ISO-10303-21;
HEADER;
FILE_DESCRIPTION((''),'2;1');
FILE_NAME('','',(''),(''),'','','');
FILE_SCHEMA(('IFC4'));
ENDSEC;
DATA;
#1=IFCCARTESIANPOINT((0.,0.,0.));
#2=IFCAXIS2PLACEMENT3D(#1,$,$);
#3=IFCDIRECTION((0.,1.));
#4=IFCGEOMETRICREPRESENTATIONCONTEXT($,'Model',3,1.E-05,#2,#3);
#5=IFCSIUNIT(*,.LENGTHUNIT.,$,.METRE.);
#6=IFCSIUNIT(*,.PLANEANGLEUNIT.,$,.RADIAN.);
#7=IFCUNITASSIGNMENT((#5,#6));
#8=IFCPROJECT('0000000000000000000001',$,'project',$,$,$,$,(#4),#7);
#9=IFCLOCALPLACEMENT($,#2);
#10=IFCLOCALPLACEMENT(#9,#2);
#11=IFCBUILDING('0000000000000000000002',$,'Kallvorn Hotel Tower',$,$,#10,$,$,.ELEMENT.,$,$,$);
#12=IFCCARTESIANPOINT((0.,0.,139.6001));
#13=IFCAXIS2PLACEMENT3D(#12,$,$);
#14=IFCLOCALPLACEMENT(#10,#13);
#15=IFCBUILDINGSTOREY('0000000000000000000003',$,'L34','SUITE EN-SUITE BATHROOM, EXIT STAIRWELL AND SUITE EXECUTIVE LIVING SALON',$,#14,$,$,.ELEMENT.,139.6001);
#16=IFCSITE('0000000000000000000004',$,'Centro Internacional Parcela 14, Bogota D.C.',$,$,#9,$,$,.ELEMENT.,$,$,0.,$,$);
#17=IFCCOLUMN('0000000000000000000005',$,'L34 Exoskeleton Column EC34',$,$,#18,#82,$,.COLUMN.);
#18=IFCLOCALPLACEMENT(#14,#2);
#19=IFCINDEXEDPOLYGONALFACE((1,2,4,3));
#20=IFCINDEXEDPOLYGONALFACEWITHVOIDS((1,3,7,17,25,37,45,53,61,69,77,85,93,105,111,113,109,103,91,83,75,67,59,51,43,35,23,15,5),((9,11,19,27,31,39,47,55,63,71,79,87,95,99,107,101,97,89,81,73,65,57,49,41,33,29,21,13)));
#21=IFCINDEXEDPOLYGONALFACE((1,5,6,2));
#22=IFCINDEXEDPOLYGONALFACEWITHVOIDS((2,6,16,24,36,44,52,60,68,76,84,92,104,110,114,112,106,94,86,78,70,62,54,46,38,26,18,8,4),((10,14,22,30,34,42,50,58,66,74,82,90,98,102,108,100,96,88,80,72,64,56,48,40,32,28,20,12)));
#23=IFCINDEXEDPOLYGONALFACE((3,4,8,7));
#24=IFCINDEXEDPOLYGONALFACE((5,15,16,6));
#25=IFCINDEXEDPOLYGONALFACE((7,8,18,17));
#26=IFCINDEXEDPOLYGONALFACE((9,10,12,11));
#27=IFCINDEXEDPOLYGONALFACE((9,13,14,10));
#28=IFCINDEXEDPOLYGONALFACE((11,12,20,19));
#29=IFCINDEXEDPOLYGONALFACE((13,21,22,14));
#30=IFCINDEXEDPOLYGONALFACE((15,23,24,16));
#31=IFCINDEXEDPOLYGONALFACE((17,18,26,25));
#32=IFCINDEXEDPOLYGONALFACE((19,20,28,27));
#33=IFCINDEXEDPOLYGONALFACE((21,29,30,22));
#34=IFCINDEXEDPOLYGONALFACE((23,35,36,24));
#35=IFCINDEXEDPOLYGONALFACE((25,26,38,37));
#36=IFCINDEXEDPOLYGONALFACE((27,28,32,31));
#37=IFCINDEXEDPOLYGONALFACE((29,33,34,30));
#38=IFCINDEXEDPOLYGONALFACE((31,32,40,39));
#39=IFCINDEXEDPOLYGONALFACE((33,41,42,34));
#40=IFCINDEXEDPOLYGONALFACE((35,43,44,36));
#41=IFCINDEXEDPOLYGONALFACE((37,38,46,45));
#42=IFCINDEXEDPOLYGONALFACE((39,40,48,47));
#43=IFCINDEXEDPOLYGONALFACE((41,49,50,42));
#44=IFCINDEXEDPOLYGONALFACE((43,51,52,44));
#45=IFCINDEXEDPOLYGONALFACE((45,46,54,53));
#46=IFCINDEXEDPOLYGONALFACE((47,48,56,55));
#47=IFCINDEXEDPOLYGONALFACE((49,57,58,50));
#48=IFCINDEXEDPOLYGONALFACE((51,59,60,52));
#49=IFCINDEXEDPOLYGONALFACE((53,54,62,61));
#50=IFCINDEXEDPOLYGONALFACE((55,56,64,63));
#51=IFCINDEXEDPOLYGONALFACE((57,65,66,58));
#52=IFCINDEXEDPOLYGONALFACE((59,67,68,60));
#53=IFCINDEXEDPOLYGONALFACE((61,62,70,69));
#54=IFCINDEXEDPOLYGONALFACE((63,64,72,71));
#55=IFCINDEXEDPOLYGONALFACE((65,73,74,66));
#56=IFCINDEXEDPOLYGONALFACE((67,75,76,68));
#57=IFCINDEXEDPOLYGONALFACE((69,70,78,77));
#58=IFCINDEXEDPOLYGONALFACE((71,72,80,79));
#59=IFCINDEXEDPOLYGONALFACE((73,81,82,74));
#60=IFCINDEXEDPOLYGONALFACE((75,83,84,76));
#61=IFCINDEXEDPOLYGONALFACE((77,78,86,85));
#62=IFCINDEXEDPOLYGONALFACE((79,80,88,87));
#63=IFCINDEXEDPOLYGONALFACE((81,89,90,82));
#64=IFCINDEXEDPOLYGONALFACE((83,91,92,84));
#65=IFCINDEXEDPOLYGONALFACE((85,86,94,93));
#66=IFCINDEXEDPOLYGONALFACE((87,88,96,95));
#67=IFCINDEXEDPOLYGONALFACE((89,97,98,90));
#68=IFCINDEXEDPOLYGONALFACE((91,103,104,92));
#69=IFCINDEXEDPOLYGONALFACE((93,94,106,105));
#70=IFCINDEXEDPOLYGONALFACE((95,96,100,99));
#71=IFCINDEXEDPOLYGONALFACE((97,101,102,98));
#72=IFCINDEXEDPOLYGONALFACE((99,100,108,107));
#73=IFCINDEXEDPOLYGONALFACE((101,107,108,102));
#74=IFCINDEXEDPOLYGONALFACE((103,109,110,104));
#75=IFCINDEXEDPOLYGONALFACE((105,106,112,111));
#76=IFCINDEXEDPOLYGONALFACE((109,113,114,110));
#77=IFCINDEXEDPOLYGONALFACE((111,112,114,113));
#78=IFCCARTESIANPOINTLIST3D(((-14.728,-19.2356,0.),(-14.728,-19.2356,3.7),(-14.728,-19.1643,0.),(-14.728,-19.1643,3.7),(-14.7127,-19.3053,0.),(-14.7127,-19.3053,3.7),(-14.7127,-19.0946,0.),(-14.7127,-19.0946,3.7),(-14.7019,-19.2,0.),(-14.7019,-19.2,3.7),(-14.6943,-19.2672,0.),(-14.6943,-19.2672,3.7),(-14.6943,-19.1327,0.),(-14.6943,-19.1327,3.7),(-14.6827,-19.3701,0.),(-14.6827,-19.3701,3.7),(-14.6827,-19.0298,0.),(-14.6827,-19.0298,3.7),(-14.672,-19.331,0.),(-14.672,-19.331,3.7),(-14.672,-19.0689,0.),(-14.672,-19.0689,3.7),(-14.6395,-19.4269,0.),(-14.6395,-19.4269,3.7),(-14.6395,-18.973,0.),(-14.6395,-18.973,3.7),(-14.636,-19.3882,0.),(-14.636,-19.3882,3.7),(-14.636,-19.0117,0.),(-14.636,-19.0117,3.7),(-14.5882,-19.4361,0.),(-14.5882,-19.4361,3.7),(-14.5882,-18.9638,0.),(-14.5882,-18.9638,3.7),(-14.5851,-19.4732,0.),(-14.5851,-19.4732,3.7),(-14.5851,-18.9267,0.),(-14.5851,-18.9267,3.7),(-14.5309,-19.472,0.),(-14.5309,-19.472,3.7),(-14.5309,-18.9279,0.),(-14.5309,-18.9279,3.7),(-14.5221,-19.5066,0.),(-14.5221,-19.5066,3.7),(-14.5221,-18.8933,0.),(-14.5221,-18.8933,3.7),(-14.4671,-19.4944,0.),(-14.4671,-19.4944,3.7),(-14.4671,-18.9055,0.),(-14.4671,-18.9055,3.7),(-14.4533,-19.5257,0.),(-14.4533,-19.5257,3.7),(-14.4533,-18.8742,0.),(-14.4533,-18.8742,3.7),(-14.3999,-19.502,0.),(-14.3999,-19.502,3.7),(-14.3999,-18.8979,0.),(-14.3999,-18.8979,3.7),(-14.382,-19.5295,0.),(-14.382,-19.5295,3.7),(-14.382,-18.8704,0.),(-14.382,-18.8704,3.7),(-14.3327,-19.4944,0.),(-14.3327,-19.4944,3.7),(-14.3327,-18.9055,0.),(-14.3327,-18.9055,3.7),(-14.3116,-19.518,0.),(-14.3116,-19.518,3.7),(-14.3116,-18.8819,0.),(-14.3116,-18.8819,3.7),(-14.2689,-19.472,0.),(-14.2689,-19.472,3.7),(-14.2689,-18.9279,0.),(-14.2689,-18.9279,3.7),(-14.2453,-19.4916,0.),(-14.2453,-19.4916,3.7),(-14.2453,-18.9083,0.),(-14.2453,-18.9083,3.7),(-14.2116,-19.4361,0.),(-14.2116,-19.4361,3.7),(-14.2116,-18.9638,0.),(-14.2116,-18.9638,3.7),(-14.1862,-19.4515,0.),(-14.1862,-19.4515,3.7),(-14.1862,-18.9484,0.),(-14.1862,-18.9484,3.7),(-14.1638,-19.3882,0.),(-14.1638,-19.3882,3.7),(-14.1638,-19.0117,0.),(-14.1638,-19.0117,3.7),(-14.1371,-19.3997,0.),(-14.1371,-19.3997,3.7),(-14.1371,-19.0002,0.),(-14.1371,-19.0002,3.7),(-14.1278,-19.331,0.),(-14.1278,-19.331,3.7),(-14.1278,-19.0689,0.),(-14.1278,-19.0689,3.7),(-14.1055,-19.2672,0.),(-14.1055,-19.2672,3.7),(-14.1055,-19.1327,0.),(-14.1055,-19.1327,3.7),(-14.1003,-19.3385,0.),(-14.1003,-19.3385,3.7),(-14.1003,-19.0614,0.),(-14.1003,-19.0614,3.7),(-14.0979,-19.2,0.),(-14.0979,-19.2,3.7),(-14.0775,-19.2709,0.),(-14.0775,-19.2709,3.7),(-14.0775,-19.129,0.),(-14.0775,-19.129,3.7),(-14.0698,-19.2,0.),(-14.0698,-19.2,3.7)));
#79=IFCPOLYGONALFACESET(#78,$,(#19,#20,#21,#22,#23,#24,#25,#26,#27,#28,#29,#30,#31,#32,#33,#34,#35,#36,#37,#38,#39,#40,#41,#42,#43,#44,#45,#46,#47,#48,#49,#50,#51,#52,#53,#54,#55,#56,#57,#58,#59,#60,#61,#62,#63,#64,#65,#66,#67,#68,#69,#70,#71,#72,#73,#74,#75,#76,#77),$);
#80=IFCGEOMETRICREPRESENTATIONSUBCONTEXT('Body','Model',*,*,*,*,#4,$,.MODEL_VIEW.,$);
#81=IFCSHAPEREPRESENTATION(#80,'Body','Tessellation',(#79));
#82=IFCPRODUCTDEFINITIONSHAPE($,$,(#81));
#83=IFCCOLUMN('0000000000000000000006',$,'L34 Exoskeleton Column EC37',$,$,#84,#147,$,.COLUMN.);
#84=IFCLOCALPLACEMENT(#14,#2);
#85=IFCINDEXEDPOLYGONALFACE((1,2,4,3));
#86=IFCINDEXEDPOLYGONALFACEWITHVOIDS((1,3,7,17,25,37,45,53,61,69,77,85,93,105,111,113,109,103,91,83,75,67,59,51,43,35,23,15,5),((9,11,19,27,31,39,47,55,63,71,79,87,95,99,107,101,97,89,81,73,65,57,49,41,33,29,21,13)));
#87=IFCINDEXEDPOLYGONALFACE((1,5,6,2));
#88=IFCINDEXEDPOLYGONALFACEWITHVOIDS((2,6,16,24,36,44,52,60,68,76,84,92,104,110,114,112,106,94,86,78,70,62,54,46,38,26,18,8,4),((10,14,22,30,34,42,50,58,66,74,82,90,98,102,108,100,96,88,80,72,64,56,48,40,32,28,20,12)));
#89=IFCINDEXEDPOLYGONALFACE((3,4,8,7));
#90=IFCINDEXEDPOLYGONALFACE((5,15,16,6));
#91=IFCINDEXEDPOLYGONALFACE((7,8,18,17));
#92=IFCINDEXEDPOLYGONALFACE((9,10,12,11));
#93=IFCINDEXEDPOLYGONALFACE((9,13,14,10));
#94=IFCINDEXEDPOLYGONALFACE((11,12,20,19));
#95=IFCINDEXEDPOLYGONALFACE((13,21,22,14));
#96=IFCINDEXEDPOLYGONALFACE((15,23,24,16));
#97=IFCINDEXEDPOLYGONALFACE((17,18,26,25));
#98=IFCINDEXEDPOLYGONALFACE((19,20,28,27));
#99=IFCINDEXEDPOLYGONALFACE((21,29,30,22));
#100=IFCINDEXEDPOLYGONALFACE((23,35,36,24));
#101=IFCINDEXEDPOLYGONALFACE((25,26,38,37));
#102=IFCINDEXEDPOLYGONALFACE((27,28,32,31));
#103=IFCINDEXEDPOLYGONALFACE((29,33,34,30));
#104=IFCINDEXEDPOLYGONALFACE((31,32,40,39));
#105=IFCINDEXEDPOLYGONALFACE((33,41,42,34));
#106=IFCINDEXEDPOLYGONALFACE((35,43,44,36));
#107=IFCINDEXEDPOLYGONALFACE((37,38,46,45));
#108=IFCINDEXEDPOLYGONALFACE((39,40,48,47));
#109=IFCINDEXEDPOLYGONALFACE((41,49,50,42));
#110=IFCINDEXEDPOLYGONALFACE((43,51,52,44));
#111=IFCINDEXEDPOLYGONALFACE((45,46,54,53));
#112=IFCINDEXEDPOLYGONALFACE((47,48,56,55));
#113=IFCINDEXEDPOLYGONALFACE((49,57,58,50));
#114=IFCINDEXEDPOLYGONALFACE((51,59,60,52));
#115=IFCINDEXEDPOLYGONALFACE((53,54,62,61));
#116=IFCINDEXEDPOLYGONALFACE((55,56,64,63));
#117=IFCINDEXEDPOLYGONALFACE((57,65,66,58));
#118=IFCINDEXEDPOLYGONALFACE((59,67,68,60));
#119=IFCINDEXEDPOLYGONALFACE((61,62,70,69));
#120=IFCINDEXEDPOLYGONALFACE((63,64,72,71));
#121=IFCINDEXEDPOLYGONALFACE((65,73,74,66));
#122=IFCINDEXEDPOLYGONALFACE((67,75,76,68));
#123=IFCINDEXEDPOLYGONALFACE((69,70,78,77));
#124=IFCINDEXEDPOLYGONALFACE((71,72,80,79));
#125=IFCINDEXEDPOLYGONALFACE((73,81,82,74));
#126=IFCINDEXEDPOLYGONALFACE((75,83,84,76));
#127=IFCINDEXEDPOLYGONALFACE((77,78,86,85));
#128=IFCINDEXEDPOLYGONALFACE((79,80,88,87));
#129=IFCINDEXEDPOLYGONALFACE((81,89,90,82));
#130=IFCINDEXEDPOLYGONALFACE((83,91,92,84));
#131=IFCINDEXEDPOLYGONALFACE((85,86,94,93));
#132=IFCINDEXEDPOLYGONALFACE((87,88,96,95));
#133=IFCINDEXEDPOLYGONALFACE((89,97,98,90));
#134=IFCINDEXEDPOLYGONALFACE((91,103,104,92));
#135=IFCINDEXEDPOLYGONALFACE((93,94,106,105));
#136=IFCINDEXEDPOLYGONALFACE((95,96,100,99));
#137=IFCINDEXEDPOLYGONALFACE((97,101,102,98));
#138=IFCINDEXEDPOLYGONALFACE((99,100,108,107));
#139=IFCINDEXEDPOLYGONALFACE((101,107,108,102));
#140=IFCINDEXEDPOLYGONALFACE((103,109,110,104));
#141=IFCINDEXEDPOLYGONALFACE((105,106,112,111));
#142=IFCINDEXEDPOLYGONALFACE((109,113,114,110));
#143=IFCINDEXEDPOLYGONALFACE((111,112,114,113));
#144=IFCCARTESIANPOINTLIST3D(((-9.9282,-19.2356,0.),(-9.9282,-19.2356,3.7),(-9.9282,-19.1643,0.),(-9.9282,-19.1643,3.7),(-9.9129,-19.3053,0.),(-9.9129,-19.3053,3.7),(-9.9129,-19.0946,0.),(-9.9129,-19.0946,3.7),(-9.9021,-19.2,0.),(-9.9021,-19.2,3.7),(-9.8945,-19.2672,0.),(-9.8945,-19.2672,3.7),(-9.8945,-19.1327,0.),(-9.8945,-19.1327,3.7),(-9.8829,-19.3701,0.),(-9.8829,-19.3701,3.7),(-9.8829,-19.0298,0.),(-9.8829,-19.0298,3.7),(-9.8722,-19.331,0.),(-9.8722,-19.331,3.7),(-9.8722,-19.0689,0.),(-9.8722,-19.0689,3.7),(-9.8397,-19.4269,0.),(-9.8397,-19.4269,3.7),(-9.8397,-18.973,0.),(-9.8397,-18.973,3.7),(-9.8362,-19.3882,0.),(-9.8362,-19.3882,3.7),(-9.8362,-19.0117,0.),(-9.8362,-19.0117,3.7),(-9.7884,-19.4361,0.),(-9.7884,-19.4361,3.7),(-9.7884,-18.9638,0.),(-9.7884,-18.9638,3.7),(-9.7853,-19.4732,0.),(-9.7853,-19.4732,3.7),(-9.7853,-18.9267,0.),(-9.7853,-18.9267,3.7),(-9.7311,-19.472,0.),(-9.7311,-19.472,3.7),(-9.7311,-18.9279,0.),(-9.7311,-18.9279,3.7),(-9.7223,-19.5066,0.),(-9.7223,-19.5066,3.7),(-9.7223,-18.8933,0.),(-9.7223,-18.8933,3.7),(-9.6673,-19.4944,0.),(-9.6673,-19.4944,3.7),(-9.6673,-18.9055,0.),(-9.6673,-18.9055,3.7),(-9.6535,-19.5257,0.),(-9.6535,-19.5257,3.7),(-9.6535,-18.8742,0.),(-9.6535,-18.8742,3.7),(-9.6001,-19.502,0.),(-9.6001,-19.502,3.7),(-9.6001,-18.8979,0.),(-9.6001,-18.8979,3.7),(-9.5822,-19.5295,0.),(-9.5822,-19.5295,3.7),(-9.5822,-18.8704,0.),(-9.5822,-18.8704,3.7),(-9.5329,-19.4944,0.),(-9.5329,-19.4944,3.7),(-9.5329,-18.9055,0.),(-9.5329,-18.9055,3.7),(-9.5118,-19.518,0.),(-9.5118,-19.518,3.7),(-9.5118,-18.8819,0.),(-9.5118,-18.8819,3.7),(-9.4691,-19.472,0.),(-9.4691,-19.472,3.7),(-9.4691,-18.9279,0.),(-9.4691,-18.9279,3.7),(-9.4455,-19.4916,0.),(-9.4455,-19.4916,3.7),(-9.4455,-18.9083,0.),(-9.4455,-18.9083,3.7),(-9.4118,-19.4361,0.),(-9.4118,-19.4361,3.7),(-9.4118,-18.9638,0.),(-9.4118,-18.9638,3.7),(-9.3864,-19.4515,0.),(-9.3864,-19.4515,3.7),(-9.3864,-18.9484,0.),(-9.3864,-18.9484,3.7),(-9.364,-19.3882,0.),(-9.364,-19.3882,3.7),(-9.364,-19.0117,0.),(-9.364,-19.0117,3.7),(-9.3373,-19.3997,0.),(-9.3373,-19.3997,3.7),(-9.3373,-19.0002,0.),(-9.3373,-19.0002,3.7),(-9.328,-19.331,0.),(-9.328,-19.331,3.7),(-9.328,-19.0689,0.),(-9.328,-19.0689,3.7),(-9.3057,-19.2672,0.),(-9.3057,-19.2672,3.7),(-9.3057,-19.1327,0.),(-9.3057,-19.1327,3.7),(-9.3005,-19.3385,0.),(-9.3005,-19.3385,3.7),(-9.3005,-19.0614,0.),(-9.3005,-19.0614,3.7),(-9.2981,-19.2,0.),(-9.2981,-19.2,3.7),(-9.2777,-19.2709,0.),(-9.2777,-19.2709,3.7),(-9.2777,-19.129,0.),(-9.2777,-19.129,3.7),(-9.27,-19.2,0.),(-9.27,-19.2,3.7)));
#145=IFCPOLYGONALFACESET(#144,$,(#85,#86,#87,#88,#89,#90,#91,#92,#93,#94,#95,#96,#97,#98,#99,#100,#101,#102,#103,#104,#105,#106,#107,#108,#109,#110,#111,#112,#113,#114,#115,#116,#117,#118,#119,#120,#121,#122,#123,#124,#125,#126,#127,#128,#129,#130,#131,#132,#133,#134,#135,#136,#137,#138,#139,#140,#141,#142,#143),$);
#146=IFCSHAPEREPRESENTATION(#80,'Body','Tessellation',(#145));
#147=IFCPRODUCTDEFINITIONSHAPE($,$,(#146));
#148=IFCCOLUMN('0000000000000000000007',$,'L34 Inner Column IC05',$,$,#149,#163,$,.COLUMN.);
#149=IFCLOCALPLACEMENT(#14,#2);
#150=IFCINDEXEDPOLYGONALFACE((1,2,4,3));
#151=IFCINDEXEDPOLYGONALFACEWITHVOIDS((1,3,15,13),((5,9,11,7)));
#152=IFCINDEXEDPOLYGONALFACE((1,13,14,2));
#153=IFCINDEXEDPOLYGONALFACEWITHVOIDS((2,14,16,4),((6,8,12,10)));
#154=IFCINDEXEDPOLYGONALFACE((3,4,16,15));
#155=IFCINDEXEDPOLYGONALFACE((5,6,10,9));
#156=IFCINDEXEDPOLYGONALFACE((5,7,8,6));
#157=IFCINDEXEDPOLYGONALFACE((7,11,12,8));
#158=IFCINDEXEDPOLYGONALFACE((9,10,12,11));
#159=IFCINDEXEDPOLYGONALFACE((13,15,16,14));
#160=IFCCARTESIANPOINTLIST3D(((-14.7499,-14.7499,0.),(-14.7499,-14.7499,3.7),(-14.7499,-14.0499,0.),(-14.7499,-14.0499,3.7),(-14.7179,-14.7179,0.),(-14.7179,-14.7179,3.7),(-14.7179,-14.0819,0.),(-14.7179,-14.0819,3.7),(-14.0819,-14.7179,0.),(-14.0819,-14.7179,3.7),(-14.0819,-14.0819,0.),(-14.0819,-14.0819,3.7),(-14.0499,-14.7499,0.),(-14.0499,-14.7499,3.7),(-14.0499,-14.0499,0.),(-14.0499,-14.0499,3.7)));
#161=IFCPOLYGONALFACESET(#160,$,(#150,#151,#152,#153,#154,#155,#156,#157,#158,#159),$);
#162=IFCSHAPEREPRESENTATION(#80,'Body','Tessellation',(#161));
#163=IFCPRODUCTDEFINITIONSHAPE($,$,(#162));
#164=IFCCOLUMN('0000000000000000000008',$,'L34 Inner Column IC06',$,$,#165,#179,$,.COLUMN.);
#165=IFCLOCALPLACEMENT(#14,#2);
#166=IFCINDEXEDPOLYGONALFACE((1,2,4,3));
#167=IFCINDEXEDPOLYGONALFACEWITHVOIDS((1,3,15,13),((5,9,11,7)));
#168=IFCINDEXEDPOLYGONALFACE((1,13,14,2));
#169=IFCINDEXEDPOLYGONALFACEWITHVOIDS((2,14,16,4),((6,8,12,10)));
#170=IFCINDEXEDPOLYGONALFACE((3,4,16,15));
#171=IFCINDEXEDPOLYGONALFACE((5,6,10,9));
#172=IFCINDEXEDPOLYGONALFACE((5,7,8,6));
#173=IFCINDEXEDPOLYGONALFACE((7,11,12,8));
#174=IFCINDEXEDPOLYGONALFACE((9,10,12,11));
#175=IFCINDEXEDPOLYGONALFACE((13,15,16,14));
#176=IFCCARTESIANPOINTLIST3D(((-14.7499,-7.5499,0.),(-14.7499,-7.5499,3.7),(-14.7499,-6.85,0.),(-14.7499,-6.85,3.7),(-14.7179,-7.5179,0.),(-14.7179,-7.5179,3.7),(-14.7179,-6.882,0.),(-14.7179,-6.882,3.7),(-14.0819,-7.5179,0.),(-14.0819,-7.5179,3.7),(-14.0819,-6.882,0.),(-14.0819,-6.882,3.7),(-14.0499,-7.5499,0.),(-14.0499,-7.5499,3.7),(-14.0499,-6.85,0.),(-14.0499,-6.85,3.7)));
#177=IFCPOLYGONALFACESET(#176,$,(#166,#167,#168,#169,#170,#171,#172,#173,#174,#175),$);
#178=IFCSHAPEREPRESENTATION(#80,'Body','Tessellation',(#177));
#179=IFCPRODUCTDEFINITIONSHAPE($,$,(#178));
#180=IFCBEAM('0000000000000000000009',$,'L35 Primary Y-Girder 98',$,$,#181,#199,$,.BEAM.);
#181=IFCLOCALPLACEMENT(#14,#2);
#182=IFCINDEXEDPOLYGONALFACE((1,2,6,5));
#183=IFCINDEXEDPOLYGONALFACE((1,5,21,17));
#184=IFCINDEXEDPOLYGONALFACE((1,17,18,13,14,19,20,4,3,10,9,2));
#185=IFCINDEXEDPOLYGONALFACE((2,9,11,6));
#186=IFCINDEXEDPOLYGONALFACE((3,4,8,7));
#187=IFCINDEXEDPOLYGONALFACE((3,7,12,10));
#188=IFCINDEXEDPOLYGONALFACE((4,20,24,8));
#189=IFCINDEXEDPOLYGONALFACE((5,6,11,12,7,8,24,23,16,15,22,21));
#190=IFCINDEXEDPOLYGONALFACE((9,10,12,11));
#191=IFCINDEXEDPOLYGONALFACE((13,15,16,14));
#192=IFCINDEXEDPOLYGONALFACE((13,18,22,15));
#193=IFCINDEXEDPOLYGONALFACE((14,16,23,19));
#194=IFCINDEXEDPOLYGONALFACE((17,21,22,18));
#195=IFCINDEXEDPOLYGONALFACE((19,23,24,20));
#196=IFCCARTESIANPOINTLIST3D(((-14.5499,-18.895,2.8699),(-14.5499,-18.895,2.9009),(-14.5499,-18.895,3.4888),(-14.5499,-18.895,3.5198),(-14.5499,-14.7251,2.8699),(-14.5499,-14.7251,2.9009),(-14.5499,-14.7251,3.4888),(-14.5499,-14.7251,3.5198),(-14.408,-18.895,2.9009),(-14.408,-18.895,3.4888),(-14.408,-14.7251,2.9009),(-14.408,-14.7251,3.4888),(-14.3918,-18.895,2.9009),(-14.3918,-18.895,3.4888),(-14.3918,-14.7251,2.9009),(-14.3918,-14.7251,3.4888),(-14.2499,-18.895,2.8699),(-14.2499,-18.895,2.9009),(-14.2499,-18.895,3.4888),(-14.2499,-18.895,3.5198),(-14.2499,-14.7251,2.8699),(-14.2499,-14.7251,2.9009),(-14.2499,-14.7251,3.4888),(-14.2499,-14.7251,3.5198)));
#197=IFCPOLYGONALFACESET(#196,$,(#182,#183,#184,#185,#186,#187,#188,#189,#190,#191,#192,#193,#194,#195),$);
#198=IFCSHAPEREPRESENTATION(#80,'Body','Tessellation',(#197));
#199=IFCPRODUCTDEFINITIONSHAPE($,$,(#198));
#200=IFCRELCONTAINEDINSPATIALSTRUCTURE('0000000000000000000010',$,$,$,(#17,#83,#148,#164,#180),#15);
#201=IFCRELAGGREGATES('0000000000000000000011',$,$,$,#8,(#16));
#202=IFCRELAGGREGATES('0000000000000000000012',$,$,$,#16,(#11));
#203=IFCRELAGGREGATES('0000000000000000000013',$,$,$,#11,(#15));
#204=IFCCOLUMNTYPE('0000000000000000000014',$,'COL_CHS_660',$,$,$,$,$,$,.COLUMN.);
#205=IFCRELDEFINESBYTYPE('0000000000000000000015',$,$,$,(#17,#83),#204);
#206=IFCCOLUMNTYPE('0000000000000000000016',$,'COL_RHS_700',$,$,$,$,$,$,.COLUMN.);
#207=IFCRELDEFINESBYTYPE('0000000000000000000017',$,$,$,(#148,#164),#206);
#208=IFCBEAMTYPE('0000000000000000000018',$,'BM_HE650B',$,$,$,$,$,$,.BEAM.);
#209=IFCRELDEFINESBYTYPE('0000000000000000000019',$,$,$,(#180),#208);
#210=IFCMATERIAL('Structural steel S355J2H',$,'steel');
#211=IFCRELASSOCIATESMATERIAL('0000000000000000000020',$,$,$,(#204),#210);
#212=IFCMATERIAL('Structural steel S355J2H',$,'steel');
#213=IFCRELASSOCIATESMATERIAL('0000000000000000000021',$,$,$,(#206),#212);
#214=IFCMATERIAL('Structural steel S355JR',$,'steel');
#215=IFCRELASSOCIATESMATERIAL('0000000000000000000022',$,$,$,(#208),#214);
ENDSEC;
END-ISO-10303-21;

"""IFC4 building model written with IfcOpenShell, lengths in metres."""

from ifc_helpers import new_model, si_unit, direction, frame, origin, origin_2d, place, context, subcontext, project, spatial, hollow_rectangle, hollow_circle, i_section, extrude, material, material_profile, profile_set, type_object, element, save


model = new_model("IFC4")

# Units and contexts
model_context = context("Model", 3, precision=1e-05, world=origin(), true_north=direction((0.0, 1.0)))
body_context = subcontext(model_context, "Body", "Model", "MODEL_VIEW")
ifc_project = project(units=[si_unit("LENGTHUNIT", "METRE"), si_unit("PLANEANGLEUNIT", "RADIAN")], contexts=[model_context])

# Site, building, storey
site_placement = place(None, origin())
site = spatial("IfcSite", under=ifc_project, at=site_placement, Name="Centro Internacional Parcela 14, Bogota D.C.", CompositionType="ELEMENT", RefElevation=0.0)
building_placement = place(site_placement, origin())
building = spatial("IfcBuilding", under=site, at=building_placement, Name="Kallvorn Hotel Tower", CompositionType="ELEMENT")
storey_placement = place(building_placement, frame((0.0, 0.0, 139.6001)))
storey = spatial("IfcBuildingStorey", under=building, at=storey_placement, Name="L34", Description="SUITE EN-SUITE BATHROOM, EXIT STAIRWELL AND SUITE EXECUTIVE LIVING SALON", CompositionType="ELEMENT", Elevation=139.6001)

# Columns
ifc_material_1 = material(Name="Structural steel S355J2H", Category="steel")
ifc_material_profile_1 = material_profile(ifc_material_1, hollow_circle(Radius=0.3301, WallThickness=0.0281, at=origin_2d()), Name="CHS 660x28")
ifc_profile_set_1 = profile_set([ifc_material_profile_1], Name="Structural steel S355J2H")
column_type_1 = type_object("IfcColumnType", Name="COL_CHS_660", PredefinedType="COLUMN", material=ifc_profile_set_1)
for number, where, z_axis, x_axis, name in (
    (1, (-14.3999, -19.2, 0.0), (0.0, 0.0, 1.0), (1.0, 0.0, 0.0), "L34 Exoskeleton Column EC34"),
    (2, (-9.6001, -19.2, 0.0), (0.0, 0.0, 1.0), (1.0, 0.0, 0.0), "L34 Exoskeleton Column EC37"),
):
    element("IfcColumn", number, at=place(storey_placement, frame(where, z_axis=z_axis, x_axis=x_axis)), inside=storey, type_object=column_type_1, Name=name, PredefinedType="COLUMN", context=body_context, shape_type="SweptSolid", body=[
        extrude(hollow_circle(Radius=0.3301, WallThickness=0.0281, at=origin_2d()), origin(), (0.0, 0.0, 1.0), 3.7),
    ])
ifc_material_2 = material(Name="Structural steel S355J2H", Category="steel")
ifc_material_profile_2 = material_profile(ifc_material_2, hollow_rectangle(XDim=0.7, YDim=0.7, WallThickness=0.032, at=origin_2d()), Name="RHS 700x700x32")
ifc_profile_set_2 = profile_set([ifc_material_profile_2], Name="Structural steel S355J2H")
column_type_2 = type_object("IfcColumnType", Name="COL_RHS_700", PredefinedType="COLUMN", material=ifc_profile_set_2)
for number, where, z_axis, x_axis, name in (
    (3, (-14.3999, -14.3999, 0.0), (0.0, 0.0, 1.0), (1.0, 0.0, 0.0), "L34 Inner Column IC05"),
    (4, (-14.3999, -7.2, 0.0), (0.0, 0.0, 1.0), (1.0, 0.0, 0.0), "L34 Inner Column IC06"),
):
    element("IfcColumn", number, at=place(storey_placement, frame(where, z_axis=z_axis, x_axis=x_axis)), inside=storey, type_object=column_type_2, Name=name, PredefinedType="COLUMN", context=body_context, shape_type="SweptSolid", body=[
        extrude(hollow_rectangle(XDim=0.7, YDim=0.7, WallThickness=0.032, at=origin_2d()), origin(), (0.0, 0.0, 1.0), 3.7),
    ])

# Beam
ifc_material_3 = material(Name="Structural steel S355JR", Category="steel")
ifc_material_profile_3 = material_profile(ifc_material_3, i_section(OverallWidth=0.3, OverallDepth=0.6499, WebThickness=0.0161, FlangeThickness=0.031, at=origin_2d()), Name="HE 650 B")
ifc_profile_set_3 = profile_set([ifc_material_profile_3], Name="Structural steel S355JR")
beam_type_1 = type_object("IfcBeamType", Name="BM_HE650B", PredefinedType="BEAM", material=ifc_profile_set_3)
beam_1_placement = place(storey_placement, frame((-14.3999, -18.895, 3.1948), z_axis=(0.0, 1.0, 0.0), x_axis=(-1.0, 0.0, 0.0)))
element("IfcBeam", 5, at=beam_1_placement, inside=storey, type_object=beam_type_1, Name="L35 Primary Y-Girder 98", PredefinedType="BEAM", context=body_context, shape_type="SweptSolid", body=[
    extrude(i_section(OverallWidth=0.3, OverallDepth=0.6499, WebThickness=0.0161, FlangeThickness=0.031, at=origin_2d()), origin(), (0.0, 0.0, 1.0), 4.1699),
])

save(model, "model.ifc")
